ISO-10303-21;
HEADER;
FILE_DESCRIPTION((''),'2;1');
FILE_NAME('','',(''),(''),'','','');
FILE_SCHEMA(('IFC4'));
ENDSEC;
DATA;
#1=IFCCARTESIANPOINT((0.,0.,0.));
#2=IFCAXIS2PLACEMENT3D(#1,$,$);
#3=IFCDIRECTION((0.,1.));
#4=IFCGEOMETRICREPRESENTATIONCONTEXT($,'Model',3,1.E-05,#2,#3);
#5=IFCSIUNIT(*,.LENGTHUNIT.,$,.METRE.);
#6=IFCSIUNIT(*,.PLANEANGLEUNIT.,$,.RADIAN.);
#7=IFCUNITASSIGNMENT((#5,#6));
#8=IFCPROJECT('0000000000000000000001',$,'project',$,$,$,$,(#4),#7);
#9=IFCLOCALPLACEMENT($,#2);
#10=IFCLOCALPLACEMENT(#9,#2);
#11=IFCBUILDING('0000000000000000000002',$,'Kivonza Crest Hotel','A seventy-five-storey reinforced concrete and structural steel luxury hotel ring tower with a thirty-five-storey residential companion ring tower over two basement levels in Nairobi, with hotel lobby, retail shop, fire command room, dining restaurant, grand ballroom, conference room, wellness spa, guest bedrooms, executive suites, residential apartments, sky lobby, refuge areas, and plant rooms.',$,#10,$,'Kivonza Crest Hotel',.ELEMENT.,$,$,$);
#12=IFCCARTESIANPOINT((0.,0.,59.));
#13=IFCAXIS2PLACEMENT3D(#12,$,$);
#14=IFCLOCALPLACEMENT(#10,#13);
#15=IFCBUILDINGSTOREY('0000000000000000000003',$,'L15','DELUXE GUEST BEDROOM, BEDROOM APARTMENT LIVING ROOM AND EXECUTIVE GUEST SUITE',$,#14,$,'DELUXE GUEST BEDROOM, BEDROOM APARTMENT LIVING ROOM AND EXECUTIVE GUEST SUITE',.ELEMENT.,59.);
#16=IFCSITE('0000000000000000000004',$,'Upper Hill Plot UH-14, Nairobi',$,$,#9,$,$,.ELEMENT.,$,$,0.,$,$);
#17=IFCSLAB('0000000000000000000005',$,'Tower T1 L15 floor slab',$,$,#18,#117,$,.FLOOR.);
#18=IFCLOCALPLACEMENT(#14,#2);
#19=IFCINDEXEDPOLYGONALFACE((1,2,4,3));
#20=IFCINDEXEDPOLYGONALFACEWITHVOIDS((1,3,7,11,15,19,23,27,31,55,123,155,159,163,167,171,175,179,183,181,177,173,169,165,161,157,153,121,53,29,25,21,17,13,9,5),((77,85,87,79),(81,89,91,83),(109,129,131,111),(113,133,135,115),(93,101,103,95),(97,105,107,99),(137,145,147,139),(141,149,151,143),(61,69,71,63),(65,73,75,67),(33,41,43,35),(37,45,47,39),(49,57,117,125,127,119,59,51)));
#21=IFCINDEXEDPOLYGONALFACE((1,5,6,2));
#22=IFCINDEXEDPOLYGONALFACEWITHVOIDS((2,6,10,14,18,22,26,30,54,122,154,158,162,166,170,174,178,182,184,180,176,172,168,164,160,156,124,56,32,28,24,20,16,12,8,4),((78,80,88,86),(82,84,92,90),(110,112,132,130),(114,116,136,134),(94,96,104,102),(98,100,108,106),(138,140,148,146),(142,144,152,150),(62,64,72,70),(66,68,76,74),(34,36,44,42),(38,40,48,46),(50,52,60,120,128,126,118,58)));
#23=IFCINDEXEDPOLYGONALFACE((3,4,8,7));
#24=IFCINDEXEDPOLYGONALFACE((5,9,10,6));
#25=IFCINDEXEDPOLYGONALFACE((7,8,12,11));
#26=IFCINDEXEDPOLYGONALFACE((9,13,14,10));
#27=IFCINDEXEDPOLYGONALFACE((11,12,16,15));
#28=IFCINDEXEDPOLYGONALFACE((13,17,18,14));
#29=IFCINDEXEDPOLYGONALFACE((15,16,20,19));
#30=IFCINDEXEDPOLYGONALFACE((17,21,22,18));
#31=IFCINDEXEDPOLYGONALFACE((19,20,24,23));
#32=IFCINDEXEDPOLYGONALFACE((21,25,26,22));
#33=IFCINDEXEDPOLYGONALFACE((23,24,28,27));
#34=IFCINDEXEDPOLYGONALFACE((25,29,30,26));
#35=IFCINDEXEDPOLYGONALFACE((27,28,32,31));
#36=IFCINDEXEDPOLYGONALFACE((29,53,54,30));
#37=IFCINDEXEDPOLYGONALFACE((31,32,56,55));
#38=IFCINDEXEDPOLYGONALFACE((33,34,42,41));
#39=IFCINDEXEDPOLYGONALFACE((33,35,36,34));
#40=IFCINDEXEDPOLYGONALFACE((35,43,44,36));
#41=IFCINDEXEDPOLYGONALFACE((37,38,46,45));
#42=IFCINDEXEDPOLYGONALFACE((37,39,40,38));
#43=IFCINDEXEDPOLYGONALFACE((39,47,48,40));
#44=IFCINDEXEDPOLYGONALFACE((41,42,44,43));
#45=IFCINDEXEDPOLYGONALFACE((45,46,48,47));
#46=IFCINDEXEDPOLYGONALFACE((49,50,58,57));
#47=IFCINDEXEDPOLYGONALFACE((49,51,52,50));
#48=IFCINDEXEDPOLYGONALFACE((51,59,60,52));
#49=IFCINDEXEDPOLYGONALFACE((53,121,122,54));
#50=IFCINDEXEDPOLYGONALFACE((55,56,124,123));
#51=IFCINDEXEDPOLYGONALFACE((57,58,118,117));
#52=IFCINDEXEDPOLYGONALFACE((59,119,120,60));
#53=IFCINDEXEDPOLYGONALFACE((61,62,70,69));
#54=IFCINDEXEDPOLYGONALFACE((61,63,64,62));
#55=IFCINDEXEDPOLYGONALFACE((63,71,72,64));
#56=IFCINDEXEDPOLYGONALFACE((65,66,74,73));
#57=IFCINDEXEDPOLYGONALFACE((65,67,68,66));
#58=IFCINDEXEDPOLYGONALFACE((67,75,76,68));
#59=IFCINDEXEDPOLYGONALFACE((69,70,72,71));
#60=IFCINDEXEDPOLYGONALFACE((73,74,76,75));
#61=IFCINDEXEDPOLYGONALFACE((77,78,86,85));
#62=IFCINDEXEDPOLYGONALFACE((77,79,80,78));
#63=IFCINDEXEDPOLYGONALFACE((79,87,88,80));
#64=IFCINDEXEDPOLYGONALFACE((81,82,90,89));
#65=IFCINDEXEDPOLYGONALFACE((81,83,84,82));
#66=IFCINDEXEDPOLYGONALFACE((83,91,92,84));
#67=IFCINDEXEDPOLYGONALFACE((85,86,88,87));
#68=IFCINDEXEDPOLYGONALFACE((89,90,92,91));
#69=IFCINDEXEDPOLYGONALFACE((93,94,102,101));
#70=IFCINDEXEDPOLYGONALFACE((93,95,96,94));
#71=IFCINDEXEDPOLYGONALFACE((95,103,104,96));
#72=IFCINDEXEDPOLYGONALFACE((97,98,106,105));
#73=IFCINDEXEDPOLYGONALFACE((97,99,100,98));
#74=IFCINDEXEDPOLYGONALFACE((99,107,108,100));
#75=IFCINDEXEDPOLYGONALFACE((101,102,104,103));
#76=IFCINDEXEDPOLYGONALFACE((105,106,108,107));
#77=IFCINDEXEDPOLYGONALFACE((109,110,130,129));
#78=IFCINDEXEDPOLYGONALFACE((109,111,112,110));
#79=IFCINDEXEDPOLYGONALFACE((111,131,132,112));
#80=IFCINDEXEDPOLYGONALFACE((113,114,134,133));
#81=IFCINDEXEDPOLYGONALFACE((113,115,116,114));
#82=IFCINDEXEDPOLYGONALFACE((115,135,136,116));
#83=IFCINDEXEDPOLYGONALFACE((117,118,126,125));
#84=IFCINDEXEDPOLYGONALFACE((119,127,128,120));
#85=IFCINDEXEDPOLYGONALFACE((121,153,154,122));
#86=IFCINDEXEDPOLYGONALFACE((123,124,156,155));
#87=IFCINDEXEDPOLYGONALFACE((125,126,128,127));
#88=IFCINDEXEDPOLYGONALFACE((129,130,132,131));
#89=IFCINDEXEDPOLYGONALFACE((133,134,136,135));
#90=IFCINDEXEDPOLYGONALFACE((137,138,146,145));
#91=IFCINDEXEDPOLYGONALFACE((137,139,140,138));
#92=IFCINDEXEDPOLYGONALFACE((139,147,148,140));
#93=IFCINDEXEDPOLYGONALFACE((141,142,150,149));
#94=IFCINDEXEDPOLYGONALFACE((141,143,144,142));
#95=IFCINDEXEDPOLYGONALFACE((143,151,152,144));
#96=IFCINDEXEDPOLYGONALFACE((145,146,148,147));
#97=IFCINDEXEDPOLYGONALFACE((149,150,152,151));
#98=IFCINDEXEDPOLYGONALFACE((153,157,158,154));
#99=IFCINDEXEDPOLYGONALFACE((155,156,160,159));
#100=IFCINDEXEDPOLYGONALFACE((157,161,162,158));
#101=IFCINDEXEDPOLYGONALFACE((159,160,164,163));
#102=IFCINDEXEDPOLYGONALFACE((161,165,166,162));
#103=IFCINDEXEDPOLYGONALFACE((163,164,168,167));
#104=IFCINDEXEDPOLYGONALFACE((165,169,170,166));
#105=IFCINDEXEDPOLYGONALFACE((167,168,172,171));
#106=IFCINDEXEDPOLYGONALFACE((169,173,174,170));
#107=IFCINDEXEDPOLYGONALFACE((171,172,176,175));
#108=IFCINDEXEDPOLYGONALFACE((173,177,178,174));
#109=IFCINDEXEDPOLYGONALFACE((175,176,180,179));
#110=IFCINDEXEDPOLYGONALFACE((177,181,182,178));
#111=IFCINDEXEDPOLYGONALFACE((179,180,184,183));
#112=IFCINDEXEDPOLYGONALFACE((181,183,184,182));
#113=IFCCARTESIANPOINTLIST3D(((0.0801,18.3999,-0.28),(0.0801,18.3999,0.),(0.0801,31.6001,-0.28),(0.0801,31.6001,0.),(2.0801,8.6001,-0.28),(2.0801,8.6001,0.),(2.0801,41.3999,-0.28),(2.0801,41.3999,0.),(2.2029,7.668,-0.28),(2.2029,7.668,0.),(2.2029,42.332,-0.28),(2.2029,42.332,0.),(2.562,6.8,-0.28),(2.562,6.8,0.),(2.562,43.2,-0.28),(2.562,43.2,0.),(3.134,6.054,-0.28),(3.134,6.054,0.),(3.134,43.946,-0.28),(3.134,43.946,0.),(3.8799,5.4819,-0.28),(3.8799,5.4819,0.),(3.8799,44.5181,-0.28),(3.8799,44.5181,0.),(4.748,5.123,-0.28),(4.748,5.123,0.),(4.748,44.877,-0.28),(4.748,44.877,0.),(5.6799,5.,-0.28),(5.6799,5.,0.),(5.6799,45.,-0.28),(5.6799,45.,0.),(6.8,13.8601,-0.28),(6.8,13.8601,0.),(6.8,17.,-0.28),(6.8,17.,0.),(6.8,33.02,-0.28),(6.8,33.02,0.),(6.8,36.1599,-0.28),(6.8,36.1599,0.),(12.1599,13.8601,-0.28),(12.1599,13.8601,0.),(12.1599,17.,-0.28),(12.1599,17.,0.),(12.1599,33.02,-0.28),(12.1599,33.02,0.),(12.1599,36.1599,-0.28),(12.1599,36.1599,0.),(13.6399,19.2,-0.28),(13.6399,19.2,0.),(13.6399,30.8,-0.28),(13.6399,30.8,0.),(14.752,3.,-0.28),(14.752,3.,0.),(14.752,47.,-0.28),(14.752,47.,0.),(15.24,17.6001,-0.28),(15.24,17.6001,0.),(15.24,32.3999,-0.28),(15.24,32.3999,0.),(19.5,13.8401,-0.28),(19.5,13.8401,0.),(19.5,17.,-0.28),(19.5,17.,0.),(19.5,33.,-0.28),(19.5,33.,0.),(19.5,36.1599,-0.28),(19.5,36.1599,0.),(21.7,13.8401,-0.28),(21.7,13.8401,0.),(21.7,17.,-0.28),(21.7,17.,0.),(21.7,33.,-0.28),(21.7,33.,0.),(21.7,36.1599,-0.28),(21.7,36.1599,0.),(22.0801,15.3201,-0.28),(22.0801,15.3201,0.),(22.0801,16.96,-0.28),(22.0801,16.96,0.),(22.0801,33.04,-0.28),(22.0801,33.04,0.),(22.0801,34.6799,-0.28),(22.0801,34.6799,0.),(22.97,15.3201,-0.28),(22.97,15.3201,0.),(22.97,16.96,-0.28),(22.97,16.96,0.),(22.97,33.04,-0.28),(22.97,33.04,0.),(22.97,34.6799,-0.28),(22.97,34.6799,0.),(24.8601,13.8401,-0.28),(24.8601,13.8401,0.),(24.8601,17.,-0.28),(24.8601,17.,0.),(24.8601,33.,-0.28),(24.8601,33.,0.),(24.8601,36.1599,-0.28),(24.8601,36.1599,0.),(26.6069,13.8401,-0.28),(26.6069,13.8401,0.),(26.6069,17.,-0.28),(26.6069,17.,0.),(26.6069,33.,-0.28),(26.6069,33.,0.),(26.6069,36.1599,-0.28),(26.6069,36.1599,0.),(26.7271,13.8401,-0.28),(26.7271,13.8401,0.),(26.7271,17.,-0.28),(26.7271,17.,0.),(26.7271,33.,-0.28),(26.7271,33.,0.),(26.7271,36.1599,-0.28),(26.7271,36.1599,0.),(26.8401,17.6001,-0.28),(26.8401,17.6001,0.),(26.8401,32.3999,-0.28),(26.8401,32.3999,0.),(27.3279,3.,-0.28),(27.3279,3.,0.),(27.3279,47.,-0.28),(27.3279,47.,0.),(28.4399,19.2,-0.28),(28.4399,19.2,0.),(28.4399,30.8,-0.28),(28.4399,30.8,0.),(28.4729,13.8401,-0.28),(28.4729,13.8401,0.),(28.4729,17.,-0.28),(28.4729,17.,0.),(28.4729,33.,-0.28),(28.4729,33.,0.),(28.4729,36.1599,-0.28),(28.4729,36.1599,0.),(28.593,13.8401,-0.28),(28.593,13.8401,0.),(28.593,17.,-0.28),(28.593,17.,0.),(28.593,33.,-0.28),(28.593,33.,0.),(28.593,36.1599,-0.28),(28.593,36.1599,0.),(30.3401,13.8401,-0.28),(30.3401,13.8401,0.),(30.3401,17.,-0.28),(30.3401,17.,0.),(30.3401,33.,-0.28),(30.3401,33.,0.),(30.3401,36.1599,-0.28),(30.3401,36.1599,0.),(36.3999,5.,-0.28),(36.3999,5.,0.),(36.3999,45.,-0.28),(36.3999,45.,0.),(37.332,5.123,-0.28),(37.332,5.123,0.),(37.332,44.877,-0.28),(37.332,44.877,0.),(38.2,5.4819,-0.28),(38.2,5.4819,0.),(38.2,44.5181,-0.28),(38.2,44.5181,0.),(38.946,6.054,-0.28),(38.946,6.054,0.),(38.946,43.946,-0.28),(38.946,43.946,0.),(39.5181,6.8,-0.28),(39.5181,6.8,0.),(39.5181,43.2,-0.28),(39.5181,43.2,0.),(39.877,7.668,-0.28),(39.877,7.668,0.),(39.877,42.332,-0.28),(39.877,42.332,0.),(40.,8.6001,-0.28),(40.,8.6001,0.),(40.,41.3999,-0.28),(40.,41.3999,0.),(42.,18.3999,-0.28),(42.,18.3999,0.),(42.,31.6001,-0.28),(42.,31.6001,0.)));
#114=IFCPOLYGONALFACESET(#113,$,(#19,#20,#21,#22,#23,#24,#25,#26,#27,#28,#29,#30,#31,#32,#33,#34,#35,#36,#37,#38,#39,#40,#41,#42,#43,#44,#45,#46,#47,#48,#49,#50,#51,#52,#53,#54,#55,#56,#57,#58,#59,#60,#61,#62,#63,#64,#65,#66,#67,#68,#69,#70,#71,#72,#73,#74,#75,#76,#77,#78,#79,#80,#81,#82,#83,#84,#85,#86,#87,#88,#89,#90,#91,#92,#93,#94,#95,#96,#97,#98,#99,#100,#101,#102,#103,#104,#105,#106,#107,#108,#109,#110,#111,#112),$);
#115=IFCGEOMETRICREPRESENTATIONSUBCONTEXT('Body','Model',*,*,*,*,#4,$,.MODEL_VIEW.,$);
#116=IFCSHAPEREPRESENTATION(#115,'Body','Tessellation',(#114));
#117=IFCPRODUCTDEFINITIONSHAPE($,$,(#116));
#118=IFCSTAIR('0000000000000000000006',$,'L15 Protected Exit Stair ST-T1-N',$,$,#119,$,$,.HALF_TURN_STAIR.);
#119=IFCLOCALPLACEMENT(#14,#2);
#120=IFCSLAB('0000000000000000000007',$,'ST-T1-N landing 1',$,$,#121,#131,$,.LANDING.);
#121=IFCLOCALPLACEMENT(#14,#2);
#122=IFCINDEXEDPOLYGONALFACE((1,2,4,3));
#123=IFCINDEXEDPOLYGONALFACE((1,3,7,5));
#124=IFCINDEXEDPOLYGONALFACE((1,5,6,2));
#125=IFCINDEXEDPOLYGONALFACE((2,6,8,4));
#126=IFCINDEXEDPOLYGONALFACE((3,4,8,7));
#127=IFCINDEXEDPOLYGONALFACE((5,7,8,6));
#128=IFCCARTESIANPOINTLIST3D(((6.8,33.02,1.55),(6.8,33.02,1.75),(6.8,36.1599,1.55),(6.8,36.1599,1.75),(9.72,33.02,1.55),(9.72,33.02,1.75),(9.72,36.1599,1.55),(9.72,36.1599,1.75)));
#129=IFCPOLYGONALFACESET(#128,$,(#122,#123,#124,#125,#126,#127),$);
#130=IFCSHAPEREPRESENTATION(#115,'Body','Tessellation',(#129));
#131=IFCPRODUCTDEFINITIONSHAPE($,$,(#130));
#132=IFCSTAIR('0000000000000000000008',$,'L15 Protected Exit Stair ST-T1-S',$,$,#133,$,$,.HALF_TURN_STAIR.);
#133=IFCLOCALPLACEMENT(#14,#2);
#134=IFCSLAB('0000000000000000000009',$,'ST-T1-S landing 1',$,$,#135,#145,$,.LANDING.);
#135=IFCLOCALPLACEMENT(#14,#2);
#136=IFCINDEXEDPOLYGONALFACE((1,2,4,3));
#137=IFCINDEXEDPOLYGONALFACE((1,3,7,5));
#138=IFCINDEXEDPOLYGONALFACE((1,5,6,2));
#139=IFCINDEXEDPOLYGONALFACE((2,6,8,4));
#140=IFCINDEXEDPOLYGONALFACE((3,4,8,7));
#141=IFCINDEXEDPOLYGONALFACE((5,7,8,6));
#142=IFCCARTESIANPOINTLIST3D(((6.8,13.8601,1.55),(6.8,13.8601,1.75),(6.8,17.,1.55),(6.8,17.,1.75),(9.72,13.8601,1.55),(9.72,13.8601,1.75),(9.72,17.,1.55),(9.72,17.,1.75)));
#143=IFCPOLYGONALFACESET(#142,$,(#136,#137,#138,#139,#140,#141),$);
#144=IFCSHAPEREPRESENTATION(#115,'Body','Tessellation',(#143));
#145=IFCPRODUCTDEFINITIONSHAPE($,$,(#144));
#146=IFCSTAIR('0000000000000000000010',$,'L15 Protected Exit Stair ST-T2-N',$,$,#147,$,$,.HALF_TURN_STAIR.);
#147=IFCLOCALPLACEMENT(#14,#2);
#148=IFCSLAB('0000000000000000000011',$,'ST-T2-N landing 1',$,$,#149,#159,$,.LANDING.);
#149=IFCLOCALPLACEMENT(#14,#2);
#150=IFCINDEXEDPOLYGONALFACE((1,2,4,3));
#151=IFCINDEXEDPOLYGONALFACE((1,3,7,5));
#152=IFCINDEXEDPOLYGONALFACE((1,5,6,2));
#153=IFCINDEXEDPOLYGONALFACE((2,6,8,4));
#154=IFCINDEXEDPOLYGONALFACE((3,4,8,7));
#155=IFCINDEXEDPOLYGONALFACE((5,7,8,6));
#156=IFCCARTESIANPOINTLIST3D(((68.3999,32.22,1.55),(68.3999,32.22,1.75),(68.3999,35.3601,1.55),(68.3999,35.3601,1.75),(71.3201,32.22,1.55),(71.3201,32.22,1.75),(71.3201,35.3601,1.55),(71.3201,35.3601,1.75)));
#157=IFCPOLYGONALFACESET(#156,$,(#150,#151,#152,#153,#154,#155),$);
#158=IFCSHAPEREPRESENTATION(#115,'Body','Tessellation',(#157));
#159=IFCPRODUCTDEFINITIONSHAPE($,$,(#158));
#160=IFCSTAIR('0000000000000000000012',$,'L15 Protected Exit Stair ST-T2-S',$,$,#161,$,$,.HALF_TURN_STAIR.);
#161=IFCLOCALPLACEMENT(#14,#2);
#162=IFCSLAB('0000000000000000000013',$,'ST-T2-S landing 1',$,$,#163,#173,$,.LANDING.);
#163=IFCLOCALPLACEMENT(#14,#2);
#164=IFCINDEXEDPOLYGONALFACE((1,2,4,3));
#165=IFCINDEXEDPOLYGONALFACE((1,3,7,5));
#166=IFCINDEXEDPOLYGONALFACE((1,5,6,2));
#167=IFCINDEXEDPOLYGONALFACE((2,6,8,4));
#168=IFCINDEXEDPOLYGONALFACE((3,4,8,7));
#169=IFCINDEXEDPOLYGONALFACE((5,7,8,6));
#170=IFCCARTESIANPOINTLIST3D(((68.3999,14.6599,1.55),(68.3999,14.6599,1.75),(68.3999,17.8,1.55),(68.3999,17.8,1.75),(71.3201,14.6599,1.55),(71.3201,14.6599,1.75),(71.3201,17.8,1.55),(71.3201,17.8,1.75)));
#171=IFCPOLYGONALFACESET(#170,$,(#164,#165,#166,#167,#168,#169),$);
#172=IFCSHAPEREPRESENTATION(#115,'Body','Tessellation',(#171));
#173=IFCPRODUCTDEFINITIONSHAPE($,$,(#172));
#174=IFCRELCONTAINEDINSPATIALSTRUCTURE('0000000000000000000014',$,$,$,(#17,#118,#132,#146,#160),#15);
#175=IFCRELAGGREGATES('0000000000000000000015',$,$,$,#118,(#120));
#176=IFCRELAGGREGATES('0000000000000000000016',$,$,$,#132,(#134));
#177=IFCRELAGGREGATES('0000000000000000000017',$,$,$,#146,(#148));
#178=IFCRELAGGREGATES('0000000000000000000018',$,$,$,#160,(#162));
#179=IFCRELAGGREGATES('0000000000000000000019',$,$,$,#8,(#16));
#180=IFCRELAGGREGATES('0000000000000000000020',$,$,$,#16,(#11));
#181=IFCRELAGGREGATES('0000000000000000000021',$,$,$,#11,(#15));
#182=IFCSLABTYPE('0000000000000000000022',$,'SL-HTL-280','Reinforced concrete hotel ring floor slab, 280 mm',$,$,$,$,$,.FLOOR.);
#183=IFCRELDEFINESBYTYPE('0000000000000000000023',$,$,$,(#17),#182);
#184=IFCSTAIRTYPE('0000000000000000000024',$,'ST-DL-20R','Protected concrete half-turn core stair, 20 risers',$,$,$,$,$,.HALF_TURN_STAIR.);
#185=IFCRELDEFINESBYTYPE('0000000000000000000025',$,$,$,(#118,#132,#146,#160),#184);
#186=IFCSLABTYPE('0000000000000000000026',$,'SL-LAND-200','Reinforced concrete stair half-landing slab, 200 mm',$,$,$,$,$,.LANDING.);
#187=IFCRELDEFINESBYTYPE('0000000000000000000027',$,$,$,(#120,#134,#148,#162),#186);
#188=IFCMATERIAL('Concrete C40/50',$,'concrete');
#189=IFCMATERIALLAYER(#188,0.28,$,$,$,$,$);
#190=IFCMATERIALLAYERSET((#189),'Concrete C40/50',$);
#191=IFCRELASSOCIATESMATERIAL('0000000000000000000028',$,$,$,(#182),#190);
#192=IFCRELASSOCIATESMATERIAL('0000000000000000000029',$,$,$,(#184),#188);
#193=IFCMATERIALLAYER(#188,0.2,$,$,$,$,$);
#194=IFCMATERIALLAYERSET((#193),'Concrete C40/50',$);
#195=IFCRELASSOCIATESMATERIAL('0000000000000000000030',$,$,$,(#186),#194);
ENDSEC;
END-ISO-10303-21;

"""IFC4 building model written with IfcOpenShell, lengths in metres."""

from ifc_helpers import new_model, si_unit, direction, frame, origin, place, context, subcontext, project, spatial, polyline, outline, extrude, material, layer, layer_set, type_object, element, aggregate, save


model = new_model("IFC4")

# Units and contexts
model_context = context("Model", 3, precision=1e-05, world=origin(), true_north=direction((0.0, 1.0)))
body_context = subcontext(model_context, "Body", "Model", "MODEL_VIEW")
ifc_project = project(units=[si_unit("LENGTHUNIT", "METRE"), si_unit("PLANEANGLEUNIT", "RADIAN")], contexts=[model_context])

# Site, building, storey
site_placement = place(None, origin())
site = spatial("IfcSite", under=ifc_project, at=site_placement, Name="Upper Hill Plot UH-14, Nairobi", CompositionType="ELEMENT", RefElevation=0.0)
building_placement = place(site_placement, origin())
building = spatial("IfcBuilding", under=site, at=building_placement, Name="Kivonza Crest Hotel", Description="A seventy-five-storey reinforced concrete and structural steel luxury hotel ring tower with a thirty-five-storey residential companion ring tower over two basement levels in Nairobi, with hotel lobby, retail shop, fire command room, dining restaurant, grand ballroom, conference room, wellness spa, guest bedrooms, executive suites, residential apartments, sky lobby, refuge areas, and plant rooms.", LongName="Kivonza Crest Hotel", CompositionType="ELEMENT")
storey_placement = place(building_placement, frame((0.0, 0.0, 59.0)))
storey = spatial("IfcBuildingStorey", under=building, at=storey_placement, Name="L15", Description="DELUXE GUEST BEDROOM, BEDROOM APARTMENT LIVING ROOM AND EXECUTIVE GUEST SUITE", LongName="DELUXE GUEST BEDROOM, BEDROOM APARTMENT LIVING ROOM AND EXECUTIVE GUEST SUITE", CompositionType="ELEMENT", Elevation=59.0)

# Slab
ifc_material_1 = material(Name="Concrete C40/50", Category="concrete")
ifc_layer_1 = layer(ifc_material_1, 0.28)
ifc_layer_set_1 = layer_set([ifc_layer_1], Name="Concrete C40/50")
slab_type_1 = type_object("IfcSlabType", Name="SL-HTL-280", Description="Reinforced concrete hotel ring floor slab, 280 mm", PredefinedType="FLOOR", material=ifc_layer_set_1)
slab_1_placement = place(storey_placement, frame((0.0, 0.0, -0.28)))
element("IfcSlab", 1, at=slab_1_placement, inside=storey, type_object=slab_type_1, Name="Tower T1 L15 floor slab", PredefinedType="FLOOR", context=body_context, shape_type="SweptSolid", body=[
    extrude(outline(polyline([(2.0801, 8.6001), (2.2029, 7.668), (2.562, 6.8), (3.134, 6.054), (3.8799, 5.4819), (4.748, 5.123), (5.6799, 5.0), (14.752, 3.0), (27.3279, 3.0), (36.3999, 5.0), (37.332, 5.123), (38.2, 5.4819), (38.946, 6.054), (39.5181, 6.8), (39.877, 7.668), (40.0, 8.6001), (42.0, 18.3999), (42.0, 31.6001), (40.0, 41.3999), (39.877, 42.332), (39.5181, 43.2), (38.946, 43.946), (38.2, 44.5181), (37.332, 44.877), (36.3999, 45.0), (27.3279, 47.0), (14.752, 47.0), (5.6799, 45.0), (4.748, 44.877), (3.8799, 44.5181), (3.134, 43.946), (2.562, 43.2), (2.2029, 42.332), (2.0801, 41.3999), (0.0801, 31.6001), (0.0801, 18.3999), (2.0801, 8.6001)]), holes=[polyline([(15.24, 17.6001), (26.8401, 17.6001), (28.4399, 19.2), (28.4399, 30.8), (26.8401, 32.3999), (15.24, 32.3999), (13.6399, 30.8), (13.6399, 19.2), (15.24, 17.6001)]), polyline([(6.8, 33.02), (12.1599, 33.02), (12.1599, 36.1599), (6.8, 36.1599), (6.8, 33.02)]), polyline([(6.8, 13.8601), (12.1599, 13.8601), (12.1599, 17.0), (6.8, 17.0), (6.8, 13.8601)]), polyline([(22.0801, 33.04), (22.97, 33.04), (22.97, 34.6799), (22.0801, 34.6799), (22.0801, 33.04)]), polyline([(22.0801, 15.3201), (22.97, 15.3201), (22.97, 16.96), (22.0801, 16.96), (22.0801, 15.3201)]), polyline([(19.5, 33.0), (21.7, 33.0), (21.7, 36.1599), (19.5, 36.1599), (19.5, 33.0)]), polyline([(24.8601, 33.0), (26.6069, 33.0), (26.6069, 36.1599), (24.8601, 36.1599), (24.8601, 33.0)]), polyline([(26.7271, 33.0), (28.4729, 33.0), (28.4729, 36.1599), (26.7271, 36.1599), (26.7271, 33.0)]), polyline([(28.593, 33.0), (30.3401, 33.0), (30.3401, 36.1599), (28.593, 36.1599), (28.593, 33.0)]), polyline([(19.5, 13.8401), (21.7, 13.8401), (21.7, 17.0), (19.5, 17.0), (19.5, 13.8401)]), polyline([(24.8601, 13.8401), (26.6069, 13.8401), (26.6069, 17.0), (24.8601, 17.0), (24.8601, 13.8401)]), polyline([(26.7271, 13.8401), (28.4729, 13.8401), (28.4729, 17.0), (26.7271, 17.0), (26.7271, 13.8401)]), polyline([(28.593, 13.8401), (30.3401, 13.8401), (30.3401, 17.0), (28.593, 17.0), (28.593, 13.8401)])]), origin(), (0.0, 0.0, 1.0), 0.28),
])

# Stairs, slabs
stair_type = type_object("IfcStairType", Name="ST-DL-20R", Description="Protected concrete half-turn core stair, 20 risers", PredefinedType="HALF_TURN_STAIR", material=ifc_material_1)
stair_1_placement = place(storey_placement, origin())
stair_1 = element("IfcStair", 2, at=stair_1_placement, inside=storey, type_object=stair_type, Name="L15 Protected Exit Stair ST-T1-N", PredefinedType="HALF_TURN_STAIR")
ifc_layer_2 = layer(ifc_material_1, 0.2)
ifc_layer_set_2 = layer_set([ifc_layer_2], Name="Concrete C40/50")
slab_type_2 = type_object("IfcSlabType", Name="SL-LAND-200", Description="Reinforced concrete stair half-landing slab, 200 mm", PredefinedType="LANDING", material=ifc_layer_set_2)
slab_2_placement = place(storey_placement, frame((0.0, 0.0, 1.55)))
slab_2 = element("IfcSlab", 3, at=slab_2_placement, type_object=slab_type_2, Name="ST-T1-N landing 1", PredefinedType="LANDING", context=body_context, shape_type="SweptSolid", body=[
    extrude(outline(polyline([(9.72, 36.1599), (6.8, 36.1599), (6.8, 33.02), (9.72, 33.02), (9.72, 36.1599)])), origin(), (0.0, 0.0, 1.0), 0.2),
])
aggregate(stair_1, [slab_2])
stair_2_placement = place(storey_placement, origin())
stair_2 = element("IfcStair", 4, at=stair_2_placement, inside=storey, type_object=stair_type, Name="L15 Protected Exit Stair ST-T1-S", PredefinedType="HALF_TURN_STAIR")
slab_3_placement = place(storey_placement, frame((0.0, 0.0, 1.55)))
slab_3 = element("IfcSlab", 5, at=slab_3_placement, type_object=slab_type_2, Name="ST-T1-S landing 1", PredefinedType="LANDING", context=body_context, shape_type="SweptSolid", body=[
    extrude(outline(polyline([(9.72, 17.0), (6.8, 17.0), (6.8, 13.8601), (9.72, 13.8601), (9.72, 17.0)])), origin(), (0.0, 0.0, 1.0), 0.2),
])
aggregate(stair_2, [slab_3])
stair_3_placement = place(storey_placement, origin())
stair_3 = element("IfcStair", 6, at=stair_3_placement, inside=storey, type_object=stair_type, Name="L15 Protected Exit Stair ST-T2-N", PredefinedType="HALF_TURN_STAIR")
slab_4_placement = place(storey_placement, frame((0.0, 0.0, 1.55)))
slab_4 = element("IfcSlab", 7, at=slab_4_placement, type_object=slab_type_2, Name="ST-T2-N landing 1", PredefinedType="LANDING", context=body_context, shape_type="SweptSolid", body=[
    extrude(outline(polyline([(71.3201, 35.3601), (68.3999, 35.3601), (68.3999, 32.22), (71.3201, 32.22), (71.3201, 35.3601)])), origin(), (0.0, 0.0, 1.0), 0.2),
])
aggregate(stair_3, [slab_4])
stair_4_placement = place(storey_placement, origin())
stair_4 = element("IfcStair", 8, at=stair_4_placement, inside=storey, type_object=stair_type, Name="L15 Protected Exit Stair ST-T2-S", PredefinedType="HALF_TURN_STAIR")
slab_5_placement = place(storey_placement, frame((0.0, 0.0, 1.55)))
slab_5 = element("IfcSlab", 9, at=slab_5_placement, type_object=slab_type_2, Name="ST-T2-S landing 1", PredefinedType="LANDING", context=body_context, shape_type="SweptSolid", body=[
    extrude(outline(polyline([(71.3201, 17.8), (68.3999, 17.8), (68.3999, 14.6599), (71.3201, 14.6599), (71.3201, 17.8)])), origin(), (0.0, 0.0, 1.0), 0.2),
])
aggregate(stair_4, [slab_5])

save(model, "model.ifc")
